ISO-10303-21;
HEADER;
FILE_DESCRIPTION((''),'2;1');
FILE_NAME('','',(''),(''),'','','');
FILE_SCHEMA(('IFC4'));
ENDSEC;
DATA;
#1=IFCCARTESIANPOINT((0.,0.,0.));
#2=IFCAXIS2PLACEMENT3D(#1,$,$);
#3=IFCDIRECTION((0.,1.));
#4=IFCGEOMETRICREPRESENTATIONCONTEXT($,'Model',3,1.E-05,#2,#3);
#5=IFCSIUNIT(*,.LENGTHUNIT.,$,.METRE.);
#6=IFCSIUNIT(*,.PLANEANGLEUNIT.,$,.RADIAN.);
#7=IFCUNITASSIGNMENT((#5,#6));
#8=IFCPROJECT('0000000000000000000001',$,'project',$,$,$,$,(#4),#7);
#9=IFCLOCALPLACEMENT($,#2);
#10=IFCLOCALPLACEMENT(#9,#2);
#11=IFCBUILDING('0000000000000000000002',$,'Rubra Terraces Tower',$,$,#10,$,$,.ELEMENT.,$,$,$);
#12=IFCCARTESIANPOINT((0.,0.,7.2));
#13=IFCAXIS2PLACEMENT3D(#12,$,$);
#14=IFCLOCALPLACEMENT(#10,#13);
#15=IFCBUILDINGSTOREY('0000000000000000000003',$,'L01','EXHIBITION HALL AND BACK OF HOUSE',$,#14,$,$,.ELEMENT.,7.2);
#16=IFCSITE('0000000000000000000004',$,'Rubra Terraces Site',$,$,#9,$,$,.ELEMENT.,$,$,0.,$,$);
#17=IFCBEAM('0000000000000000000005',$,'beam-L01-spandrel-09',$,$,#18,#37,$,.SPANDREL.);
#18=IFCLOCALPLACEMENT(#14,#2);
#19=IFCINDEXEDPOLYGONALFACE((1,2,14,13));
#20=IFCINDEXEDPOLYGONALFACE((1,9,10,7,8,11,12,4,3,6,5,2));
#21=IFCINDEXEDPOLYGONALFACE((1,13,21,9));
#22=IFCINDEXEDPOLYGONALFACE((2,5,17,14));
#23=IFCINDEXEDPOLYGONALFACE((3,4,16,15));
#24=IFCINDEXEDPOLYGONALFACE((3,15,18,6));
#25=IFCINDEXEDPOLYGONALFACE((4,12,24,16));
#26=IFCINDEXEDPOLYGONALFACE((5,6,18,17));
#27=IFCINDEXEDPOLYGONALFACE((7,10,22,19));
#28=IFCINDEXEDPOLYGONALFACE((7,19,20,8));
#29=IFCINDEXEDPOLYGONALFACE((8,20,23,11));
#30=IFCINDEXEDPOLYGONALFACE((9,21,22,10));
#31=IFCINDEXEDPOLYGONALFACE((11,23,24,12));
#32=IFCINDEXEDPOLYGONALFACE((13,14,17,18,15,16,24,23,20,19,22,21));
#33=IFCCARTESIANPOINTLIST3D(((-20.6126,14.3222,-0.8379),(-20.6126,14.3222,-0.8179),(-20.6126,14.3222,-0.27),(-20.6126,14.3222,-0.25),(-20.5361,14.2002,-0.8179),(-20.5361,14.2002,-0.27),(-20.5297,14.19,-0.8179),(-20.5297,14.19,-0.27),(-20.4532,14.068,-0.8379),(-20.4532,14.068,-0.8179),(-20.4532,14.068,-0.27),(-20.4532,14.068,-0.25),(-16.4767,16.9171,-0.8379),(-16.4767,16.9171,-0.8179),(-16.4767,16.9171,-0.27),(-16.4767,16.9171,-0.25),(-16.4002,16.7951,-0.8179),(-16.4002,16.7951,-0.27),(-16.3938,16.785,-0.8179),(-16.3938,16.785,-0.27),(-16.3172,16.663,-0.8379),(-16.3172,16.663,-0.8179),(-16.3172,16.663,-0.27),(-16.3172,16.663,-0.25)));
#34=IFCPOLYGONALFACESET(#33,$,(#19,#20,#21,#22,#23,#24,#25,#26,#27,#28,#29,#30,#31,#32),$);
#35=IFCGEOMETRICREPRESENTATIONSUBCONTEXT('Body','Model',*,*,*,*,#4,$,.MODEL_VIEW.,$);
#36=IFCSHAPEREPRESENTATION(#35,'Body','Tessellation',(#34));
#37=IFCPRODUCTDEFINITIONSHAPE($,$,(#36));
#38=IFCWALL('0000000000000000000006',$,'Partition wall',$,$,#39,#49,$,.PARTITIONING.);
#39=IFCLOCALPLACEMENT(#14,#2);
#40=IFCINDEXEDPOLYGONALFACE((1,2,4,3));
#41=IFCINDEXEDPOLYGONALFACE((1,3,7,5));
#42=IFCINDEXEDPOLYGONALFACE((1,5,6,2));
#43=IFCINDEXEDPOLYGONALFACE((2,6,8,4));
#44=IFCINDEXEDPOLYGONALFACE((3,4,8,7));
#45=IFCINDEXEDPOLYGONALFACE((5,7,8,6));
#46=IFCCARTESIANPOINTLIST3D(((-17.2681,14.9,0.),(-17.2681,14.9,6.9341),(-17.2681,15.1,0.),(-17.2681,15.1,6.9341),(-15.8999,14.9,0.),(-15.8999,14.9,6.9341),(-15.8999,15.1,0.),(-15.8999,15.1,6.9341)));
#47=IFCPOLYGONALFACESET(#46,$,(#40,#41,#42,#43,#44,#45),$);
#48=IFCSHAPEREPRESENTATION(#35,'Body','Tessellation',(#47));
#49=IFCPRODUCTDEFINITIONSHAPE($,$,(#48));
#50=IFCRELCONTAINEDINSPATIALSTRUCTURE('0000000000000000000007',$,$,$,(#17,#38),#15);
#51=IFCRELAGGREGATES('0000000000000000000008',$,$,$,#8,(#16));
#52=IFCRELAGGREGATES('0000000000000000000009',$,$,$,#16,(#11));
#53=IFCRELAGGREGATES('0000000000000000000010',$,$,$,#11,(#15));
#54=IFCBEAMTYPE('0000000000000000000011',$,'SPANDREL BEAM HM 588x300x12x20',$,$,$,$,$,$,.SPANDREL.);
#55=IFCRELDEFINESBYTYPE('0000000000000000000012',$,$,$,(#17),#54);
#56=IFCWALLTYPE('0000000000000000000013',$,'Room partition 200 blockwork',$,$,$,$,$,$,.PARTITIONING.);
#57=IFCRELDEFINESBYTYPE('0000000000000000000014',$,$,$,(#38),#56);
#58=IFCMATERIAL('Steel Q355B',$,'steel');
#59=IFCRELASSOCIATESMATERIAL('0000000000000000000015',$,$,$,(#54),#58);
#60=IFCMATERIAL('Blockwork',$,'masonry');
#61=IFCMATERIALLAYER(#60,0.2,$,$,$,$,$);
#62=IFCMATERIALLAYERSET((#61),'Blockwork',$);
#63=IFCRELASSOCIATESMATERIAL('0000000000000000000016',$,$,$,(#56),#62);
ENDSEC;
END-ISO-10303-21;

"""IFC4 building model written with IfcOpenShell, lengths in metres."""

from ifc_helpers import new_model, si_unit, direction, frame, frame_2d, origin, origin_2d, place, context, subcontext, project, spatial, rectangle, i_section, extrude, material, layer, layer_set, material_profile, profile_set, type_object, element, save


model = new_model("IFC4")

# Units and contexts
model_context = context("Model", 3, precision=1e-05, world=origin(), true_north=direction((0.0, 1.0)))
body_context = subcontext(model_context, "Body", "Model", "MODEL_VIEW")
ifc_project = project(units=[si_unit("LENGTHUNIT", "METRE"), si_unit("PLANEANGLEUNIT", "RADIAN")], contexts=[model_context])

# Site, building, storey
site_placement = place(None, origin())
site = spatial("IfcSite", under=ifc_project, at=site_placement, Name="Rubra Terraces Site", CompositionType="ELEMENT", RefElevation=0.0)
building_placement = place(site_placement, origin())
building = spatial("IfcBuilding", under=site, at=building_placement, Name="Rubra Terraces Tower", CompositionType="ELEMENT")
storey_placement = place(building_placement, frame((0.0, 0.0, 7.2)))
storey = spatial("IfcBuildingStorey", under=building, at=storey_placement, Name="L01", Description="EXHIBITION HALL AND BACK OF HOUSE", CompositionType="ELEMENT", Elevation=7.2)

# Shared definitions
ifc_material_1 = material(Name="Steel Q355B", Category="steel")

# Beam
ifc_material_profile_1 = material_profile(ifc_material_1, i_section(OverallWidth=0.3, OverallDepth=0.5879, WebThickness=0.012, FlangeThickness=0.02, at=origin_2d()), Name="HM 588x300x12x20")
ifc_profile_set_1 = profile_set([ifc_material_profile_1], Name="Steel Q355B")
beam_type_1 = type_object("IfcBeamType", Name="SPANDREL BEAM HM 588x300x12x20", PredefinedType="SPANDREL", material=ifc_profile_set_1)
beam_1_placement = place(storey_placement, frame((-16.397, 16.79, -0.5439), z_axis=(-0.847078, -0.531468, 0.0), x_axis=(0.531468, -0.847078, 0.0)))
element("IfcBeam", 1, at=beam_1_placement, inside=storey, type_object=beam_type_1, Name="beam-L01-spandrel-09", PredefinedType="SPANDREL", context=body_context, shape_type="SweptSolid", body=[
    extrude(i_section(OverallWidth=0.3, OverallDepth=0.5879, WebThickness=0.012, FlangeThickness=0.02, at=origin_2d()), origin(), (0.0, 0.0, 1.0), 4.8826),
])

# Wall
ifc_material_2 = material(Name="Blockwork", Category="masonry")
ifc_layer = layer(ifc_material_2, 0.2)
ifc_layer_set = layer_set([ifc_layer], Name="Blockwork")
wall_type = type_object("IfcWallType", Name="Room partition 200 blockwork", PredefinedType="PARTITIONING", material=ifc_layer_set)
wall_placement = place(storey_placement, frame((-17.2681, 15.0, 0.0), z_axis=(0.0, 0.0, 1.0), x_axis=(1.0, 0.0, 0.0)))
element("IfcWall", 2, at=wall_placement, inside=storey, type_object=wall_type, Name="Partition wall", PredefinedType="PARTITIONING", context=body_context, shape_type="SweptSolid", body=[
    extrude(rectangle(XDim=1.3682, YDim=0.2, at=frame_2d((0.6841, 0.0))), origin(), (0.0, 0.0, 1.0), 6.9341),
])

save(model, "model.ifc")
